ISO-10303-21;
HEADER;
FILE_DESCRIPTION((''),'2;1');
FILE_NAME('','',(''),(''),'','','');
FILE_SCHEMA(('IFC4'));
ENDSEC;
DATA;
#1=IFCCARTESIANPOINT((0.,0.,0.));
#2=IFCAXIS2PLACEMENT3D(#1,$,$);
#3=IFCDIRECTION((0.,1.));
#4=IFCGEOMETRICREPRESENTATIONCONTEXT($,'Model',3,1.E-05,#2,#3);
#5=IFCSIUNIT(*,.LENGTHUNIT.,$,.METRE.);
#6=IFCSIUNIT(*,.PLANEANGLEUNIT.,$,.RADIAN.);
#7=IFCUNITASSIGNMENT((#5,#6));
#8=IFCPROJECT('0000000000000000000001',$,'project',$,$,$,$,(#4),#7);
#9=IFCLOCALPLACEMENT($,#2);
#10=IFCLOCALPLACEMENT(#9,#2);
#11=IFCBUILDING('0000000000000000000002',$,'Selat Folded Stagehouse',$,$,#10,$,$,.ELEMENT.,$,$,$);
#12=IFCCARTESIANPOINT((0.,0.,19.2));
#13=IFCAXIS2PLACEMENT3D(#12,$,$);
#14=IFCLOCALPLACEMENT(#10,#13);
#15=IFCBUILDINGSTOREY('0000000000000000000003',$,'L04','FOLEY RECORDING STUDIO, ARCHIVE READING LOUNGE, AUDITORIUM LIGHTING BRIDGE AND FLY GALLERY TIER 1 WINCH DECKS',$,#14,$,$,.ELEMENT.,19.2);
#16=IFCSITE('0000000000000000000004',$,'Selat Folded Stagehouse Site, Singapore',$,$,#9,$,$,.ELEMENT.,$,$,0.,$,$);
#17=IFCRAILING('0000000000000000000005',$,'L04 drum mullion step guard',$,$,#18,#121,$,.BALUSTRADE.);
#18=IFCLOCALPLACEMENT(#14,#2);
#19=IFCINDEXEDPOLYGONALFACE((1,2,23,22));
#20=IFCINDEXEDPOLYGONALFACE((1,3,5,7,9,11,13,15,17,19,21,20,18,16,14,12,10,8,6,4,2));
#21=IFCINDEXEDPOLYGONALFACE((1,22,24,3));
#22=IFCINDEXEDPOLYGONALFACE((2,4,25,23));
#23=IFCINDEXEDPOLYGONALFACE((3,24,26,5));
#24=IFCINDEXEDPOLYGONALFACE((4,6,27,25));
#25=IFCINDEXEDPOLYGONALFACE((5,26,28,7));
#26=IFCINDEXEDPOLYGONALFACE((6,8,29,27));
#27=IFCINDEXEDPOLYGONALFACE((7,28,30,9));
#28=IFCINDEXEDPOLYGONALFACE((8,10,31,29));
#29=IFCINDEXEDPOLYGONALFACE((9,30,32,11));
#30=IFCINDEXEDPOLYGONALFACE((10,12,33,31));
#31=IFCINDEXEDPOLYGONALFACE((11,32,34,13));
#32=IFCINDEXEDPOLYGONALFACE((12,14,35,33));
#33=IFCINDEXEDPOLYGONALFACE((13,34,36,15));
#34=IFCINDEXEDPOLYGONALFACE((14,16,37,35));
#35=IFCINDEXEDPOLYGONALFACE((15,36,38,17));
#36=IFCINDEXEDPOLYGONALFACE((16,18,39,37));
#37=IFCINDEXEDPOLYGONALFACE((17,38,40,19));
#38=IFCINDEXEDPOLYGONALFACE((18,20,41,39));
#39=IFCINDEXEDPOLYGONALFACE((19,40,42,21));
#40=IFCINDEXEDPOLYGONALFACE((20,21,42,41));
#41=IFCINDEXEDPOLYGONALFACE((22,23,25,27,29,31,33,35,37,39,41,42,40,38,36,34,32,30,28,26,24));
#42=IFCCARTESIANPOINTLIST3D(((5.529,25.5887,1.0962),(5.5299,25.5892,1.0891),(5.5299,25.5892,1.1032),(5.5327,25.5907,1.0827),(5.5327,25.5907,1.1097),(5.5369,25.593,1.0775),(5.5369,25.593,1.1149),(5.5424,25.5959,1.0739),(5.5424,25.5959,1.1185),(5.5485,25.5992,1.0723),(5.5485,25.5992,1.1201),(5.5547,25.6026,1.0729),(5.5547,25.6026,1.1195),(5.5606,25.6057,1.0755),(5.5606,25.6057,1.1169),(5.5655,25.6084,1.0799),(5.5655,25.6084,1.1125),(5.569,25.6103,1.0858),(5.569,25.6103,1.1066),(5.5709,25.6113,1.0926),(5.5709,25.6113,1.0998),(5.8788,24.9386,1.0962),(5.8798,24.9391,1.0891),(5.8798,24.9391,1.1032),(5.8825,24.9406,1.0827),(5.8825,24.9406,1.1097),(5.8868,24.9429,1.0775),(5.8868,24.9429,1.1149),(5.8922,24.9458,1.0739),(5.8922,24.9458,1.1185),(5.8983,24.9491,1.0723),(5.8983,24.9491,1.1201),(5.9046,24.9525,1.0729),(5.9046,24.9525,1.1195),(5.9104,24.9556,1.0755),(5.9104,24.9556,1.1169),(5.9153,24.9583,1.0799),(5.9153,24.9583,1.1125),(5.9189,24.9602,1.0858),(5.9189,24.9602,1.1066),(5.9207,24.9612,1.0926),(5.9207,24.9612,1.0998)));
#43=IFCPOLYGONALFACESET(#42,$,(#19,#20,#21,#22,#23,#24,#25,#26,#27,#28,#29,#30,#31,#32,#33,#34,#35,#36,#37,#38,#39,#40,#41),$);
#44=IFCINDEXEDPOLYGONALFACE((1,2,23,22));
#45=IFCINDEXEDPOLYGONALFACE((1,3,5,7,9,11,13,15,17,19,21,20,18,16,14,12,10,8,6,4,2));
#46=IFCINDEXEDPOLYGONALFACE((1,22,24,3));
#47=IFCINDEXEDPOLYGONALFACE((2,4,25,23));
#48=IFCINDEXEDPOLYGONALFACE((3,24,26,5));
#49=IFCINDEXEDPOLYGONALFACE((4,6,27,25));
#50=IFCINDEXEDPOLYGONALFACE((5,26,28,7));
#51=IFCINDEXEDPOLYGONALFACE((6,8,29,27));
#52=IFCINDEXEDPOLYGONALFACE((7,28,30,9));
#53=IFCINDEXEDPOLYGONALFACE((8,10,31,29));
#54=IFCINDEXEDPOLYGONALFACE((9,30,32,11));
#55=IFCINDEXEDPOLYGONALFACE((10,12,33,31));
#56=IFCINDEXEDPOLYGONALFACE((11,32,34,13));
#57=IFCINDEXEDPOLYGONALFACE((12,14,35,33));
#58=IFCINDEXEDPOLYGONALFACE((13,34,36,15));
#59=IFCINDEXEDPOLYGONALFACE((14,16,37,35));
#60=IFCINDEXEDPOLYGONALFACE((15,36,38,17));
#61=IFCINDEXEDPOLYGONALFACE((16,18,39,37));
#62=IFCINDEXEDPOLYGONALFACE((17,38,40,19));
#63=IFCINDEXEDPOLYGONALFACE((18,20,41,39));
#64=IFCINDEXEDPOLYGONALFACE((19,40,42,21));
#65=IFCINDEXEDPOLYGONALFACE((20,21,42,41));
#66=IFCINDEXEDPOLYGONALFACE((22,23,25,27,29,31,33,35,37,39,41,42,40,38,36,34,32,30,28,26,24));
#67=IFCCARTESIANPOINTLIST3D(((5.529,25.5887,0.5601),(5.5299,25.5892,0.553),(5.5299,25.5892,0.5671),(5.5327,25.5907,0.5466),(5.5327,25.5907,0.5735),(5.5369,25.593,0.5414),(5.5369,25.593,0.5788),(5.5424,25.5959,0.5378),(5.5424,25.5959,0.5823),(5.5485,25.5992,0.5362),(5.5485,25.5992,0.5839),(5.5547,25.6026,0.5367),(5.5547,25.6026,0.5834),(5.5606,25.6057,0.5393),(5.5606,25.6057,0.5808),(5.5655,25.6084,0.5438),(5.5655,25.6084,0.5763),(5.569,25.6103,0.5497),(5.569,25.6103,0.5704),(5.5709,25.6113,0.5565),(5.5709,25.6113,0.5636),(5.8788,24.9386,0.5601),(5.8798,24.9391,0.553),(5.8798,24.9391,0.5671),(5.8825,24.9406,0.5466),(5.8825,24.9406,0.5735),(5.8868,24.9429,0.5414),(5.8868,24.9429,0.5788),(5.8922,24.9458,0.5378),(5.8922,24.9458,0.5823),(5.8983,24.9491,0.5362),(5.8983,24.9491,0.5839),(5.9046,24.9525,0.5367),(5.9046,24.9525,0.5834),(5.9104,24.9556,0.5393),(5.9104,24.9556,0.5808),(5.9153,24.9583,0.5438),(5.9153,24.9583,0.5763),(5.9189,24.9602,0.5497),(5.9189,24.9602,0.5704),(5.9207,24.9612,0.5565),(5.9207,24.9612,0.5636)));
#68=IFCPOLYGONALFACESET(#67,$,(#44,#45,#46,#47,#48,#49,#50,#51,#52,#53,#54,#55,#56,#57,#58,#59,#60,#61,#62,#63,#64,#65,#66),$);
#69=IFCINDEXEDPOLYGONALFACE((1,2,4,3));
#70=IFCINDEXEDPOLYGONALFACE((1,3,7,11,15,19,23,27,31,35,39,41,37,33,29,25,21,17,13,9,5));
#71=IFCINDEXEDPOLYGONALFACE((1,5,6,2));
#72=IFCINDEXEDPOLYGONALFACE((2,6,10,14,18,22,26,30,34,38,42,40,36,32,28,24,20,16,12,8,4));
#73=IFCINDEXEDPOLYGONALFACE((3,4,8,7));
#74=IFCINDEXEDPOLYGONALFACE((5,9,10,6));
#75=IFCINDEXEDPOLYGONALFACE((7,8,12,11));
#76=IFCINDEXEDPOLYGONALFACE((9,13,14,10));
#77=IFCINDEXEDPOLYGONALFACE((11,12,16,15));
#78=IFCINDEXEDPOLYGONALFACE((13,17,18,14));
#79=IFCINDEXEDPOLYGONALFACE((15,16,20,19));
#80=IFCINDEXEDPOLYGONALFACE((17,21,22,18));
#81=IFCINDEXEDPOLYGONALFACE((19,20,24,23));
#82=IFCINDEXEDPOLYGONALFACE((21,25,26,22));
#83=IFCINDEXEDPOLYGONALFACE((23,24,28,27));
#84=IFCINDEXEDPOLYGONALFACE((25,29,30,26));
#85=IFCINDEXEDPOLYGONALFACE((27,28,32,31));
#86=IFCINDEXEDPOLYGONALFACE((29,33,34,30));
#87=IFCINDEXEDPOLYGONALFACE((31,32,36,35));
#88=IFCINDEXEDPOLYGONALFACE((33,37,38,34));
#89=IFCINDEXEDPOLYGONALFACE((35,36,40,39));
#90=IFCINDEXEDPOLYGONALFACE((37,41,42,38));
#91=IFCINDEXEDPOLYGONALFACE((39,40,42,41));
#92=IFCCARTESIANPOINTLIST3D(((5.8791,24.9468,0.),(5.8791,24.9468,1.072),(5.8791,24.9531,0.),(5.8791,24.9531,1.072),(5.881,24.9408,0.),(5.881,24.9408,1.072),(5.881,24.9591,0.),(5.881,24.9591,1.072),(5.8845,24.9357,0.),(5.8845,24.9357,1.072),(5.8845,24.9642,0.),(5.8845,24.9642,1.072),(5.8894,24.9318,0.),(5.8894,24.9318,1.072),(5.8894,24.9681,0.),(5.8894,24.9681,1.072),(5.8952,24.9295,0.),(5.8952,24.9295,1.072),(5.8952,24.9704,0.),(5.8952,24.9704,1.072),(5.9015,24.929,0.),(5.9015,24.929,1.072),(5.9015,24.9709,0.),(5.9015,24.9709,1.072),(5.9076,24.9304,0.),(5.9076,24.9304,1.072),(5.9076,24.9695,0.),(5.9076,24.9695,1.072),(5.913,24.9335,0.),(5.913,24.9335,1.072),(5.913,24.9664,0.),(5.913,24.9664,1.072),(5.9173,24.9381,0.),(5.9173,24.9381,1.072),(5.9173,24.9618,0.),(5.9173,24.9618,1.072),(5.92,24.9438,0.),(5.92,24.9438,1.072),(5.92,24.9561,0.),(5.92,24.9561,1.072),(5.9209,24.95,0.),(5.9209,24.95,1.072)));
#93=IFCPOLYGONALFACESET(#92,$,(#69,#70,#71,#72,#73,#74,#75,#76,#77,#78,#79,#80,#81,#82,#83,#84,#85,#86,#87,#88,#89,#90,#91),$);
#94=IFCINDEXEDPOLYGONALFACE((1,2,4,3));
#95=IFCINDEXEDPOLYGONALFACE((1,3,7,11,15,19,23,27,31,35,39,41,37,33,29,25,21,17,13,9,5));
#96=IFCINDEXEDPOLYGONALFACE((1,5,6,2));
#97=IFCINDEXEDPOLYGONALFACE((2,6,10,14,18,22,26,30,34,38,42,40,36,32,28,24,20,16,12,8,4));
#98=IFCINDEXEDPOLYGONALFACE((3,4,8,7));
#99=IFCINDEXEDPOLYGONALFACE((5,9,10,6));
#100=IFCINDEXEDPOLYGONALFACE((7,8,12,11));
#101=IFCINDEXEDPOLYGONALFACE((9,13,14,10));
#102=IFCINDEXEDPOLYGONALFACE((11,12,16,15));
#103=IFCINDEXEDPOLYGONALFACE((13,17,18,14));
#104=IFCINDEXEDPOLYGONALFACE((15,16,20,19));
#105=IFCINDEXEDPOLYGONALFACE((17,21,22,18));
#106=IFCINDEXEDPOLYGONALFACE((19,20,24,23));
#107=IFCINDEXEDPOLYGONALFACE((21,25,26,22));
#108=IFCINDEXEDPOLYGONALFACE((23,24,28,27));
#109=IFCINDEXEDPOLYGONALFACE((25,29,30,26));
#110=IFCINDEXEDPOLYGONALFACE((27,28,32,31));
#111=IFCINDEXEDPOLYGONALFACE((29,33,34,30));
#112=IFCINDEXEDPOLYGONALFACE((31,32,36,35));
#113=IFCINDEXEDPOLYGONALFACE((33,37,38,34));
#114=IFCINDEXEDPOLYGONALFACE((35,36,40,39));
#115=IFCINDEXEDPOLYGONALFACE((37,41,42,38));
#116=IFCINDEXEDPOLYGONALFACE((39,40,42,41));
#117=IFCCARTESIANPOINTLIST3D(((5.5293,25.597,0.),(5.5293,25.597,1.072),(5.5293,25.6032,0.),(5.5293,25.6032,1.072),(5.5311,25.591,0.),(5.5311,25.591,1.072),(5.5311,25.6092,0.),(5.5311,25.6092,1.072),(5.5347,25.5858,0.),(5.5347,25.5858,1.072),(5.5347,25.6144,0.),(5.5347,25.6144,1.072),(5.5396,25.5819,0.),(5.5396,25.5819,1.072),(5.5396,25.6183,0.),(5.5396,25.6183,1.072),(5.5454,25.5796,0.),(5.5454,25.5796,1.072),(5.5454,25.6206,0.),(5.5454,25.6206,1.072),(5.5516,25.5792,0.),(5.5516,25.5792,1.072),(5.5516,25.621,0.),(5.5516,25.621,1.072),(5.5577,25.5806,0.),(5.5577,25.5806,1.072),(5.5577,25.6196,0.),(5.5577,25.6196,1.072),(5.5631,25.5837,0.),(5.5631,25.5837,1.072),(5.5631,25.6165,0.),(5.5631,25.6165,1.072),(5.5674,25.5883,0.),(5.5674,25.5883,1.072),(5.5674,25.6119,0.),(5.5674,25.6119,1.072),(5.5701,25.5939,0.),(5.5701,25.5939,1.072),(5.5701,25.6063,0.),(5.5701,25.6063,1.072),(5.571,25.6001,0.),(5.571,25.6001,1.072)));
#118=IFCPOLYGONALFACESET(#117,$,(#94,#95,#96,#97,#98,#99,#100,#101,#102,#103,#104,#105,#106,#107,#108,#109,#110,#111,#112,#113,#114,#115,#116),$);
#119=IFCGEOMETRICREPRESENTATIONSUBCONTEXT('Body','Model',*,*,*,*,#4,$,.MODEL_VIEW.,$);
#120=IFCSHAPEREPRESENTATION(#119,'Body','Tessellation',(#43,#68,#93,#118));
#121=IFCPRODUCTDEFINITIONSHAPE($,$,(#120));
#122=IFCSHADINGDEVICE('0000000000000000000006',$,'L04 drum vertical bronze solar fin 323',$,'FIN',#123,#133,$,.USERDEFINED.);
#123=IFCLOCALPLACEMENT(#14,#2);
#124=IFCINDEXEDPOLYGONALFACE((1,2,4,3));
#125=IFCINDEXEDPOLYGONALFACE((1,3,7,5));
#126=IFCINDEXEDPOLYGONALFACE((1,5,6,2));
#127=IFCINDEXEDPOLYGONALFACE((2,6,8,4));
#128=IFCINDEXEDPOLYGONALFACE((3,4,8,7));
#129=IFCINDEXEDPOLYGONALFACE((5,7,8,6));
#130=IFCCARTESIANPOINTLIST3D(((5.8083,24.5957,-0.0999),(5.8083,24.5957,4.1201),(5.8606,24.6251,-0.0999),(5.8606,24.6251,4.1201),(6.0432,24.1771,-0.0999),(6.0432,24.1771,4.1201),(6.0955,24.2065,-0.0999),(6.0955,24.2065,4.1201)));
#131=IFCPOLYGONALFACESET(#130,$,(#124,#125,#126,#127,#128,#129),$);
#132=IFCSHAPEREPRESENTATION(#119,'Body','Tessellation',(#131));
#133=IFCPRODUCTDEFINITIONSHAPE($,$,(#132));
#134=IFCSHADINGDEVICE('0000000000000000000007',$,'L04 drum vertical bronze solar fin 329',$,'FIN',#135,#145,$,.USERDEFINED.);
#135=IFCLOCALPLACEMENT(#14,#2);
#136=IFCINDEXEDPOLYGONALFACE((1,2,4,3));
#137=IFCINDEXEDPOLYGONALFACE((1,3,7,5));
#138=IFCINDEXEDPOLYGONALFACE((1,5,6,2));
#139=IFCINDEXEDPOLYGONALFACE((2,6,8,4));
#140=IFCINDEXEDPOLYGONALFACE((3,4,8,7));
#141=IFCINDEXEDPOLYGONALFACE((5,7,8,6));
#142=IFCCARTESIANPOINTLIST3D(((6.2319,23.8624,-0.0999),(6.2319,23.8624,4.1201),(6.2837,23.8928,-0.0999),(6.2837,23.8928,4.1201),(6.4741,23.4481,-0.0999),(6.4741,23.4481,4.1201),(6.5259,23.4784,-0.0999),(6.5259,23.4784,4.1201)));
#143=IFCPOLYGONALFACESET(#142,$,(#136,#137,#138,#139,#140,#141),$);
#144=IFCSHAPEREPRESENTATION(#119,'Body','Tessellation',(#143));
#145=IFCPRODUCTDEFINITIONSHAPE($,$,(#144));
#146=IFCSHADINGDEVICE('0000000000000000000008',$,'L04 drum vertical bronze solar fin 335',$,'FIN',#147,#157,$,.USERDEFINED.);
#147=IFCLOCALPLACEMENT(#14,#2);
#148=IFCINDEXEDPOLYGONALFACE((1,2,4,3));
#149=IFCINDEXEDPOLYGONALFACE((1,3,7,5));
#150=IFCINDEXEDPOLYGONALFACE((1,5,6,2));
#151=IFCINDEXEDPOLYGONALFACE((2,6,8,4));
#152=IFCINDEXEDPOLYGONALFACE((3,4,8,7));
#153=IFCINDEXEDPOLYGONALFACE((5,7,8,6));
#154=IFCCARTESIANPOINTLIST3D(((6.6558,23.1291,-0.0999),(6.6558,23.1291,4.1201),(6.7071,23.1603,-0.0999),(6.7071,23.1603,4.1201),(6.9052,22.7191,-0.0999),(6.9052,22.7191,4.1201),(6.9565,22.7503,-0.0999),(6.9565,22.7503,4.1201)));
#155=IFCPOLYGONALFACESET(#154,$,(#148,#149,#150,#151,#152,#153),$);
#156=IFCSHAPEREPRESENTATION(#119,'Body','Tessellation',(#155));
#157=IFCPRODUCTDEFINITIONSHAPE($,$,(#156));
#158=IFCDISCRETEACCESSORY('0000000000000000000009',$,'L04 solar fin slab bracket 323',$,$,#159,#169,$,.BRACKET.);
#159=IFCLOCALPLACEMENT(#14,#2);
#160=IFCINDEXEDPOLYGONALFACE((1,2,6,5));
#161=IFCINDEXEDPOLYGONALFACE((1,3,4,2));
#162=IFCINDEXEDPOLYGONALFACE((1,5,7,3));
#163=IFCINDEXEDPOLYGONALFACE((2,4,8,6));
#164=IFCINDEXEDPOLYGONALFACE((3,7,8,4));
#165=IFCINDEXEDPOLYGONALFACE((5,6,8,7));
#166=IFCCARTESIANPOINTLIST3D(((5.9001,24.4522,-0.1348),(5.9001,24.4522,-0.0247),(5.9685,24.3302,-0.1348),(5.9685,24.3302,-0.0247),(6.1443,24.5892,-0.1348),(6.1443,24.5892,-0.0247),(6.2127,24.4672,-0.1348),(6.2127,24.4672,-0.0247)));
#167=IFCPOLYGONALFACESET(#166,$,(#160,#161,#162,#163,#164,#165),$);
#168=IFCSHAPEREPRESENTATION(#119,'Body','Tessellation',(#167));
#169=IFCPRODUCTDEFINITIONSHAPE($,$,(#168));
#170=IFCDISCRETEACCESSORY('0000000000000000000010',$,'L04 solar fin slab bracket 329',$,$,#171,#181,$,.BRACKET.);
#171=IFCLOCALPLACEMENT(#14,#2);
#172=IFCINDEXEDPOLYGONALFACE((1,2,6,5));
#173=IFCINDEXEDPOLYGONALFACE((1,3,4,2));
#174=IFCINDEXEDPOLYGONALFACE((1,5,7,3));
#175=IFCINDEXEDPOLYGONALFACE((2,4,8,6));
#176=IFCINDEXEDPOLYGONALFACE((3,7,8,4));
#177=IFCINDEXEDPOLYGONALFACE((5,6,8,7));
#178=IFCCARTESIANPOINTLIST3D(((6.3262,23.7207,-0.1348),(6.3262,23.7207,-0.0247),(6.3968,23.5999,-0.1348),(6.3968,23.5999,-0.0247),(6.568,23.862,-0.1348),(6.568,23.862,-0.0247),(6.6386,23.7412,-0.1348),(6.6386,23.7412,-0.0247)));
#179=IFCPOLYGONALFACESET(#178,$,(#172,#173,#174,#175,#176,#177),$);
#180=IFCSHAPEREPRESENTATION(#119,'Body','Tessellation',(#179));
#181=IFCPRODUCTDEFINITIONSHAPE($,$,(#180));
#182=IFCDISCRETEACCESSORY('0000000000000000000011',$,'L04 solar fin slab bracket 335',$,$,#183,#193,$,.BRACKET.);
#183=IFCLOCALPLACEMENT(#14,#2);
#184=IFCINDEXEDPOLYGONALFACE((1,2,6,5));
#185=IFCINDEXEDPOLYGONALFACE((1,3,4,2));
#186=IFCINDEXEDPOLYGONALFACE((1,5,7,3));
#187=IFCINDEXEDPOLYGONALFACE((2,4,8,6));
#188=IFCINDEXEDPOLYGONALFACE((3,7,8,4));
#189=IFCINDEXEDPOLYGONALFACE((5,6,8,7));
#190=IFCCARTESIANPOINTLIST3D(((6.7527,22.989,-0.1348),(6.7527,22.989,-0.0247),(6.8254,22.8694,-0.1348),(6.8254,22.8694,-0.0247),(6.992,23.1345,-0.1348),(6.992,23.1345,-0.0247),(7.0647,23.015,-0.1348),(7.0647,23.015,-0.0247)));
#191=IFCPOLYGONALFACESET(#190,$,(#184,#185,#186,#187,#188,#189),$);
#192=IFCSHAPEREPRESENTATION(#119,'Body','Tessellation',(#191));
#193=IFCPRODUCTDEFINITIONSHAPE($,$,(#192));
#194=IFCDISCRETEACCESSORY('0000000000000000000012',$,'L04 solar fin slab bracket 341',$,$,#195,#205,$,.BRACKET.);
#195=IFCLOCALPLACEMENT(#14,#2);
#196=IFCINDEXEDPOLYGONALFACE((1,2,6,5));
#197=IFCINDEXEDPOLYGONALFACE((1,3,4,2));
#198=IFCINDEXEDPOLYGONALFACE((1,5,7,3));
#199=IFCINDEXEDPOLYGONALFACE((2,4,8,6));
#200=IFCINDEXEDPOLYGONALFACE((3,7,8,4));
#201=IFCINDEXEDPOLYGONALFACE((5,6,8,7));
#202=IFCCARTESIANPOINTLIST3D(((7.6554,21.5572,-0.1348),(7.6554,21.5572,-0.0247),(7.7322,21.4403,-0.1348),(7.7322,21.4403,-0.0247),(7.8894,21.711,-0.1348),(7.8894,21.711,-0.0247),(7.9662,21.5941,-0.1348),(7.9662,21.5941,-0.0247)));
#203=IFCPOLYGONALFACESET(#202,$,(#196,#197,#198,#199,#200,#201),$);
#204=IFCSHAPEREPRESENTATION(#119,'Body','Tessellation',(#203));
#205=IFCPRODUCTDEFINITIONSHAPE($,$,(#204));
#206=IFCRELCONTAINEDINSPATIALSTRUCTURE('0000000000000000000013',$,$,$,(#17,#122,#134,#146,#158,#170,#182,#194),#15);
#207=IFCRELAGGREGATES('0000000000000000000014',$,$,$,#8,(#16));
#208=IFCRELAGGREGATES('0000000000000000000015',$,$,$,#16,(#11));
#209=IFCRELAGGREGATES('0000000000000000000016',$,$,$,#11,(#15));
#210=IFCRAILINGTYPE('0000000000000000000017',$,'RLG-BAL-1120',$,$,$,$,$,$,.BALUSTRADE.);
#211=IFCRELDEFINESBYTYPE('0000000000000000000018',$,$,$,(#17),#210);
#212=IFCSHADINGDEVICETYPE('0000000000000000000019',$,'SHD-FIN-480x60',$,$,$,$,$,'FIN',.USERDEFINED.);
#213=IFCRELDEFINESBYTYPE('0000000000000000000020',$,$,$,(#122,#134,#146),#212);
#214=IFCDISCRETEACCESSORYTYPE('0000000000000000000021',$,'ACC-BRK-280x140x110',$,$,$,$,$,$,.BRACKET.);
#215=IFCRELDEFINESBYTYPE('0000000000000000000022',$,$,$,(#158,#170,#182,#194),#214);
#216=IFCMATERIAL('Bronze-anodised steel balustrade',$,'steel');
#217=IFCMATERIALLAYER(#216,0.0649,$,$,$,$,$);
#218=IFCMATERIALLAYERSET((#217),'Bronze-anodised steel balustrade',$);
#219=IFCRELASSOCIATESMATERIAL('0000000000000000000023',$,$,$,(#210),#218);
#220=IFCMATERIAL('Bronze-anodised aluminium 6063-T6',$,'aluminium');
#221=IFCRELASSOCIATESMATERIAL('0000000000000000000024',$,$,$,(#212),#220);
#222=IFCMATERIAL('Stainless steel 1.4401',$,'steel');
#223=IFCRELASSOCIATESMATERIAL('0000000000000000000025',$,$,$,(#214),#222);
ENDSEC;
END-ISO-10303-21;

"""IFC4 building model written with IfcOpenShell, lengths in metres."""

from ifc_helpers import new_model, si_unit, direction, frame, origin, origin_2d, place, context, subcontext, project, spatial, rectangle, circle, extrude, material, layer, layer_set, material_profile, profile_set, type_object, element, save


model = new_model("IFC4")

# Units and contexts
model_context = context("Model", 3, precision=1e-05, world=origin(), true_north=direction((0.0, 1.0)))
body_context = subcontext(model_context, "Body", "Model", "MODEL_VIEW")
ifc_project = project(units=[si_unit("LENGTHUNIT", "METRE"), si_unit("PLANEANGLEUNIT", "RADIAN")], contexts=[model_context])

# Site, building, storey
site_placement = place(None, origin())
site = spatial("IfcSite", under=ifc_project, at=site_placement, Name="Selat Folded Stagehouse Site, Singapore", CompositionType="ELEMENT", RefElevation=0.0)
building_placement = place(site_placement, origin())
building = spatial("IfcBuilding", under=site, at=building_placement, Name="Selat Folded Stagehouse", CompositionType="ELEMENT")
storey_placement = place(building_placement, frame((0.0, 0.0, 19.2)))
storey = spatial("IfcBuildingStorey", under=building, at=storey_placement, Name="L04", Description="FOLEY RECORDING STUDIO, ARCHIVE READING LOUNGE, AUDITORIUM LIGHTING BRIDGE AND FLY GALLERY TIER 1 WINCH DECKS", CompositionType="ELEMENT", Elevation=19.2)

# Railing
ifc_material_1 = material(Name="Bronze-anodised steel balustrade", Category="steel")
ifc_layer_1 = layer(ifc_material_1, 0.0649)
ifc_layer_set_1 = layer_set([ifc_layer_1], Name="Bronze-anodised steel balustrade")
railing_type = type_object("IfcRailingType", Name="RLG-BAL-1120", PredefinedType="BALUSTRADE", material=ifc_layer_set_1)
railing_placement = place(storey_placement, frame((5.8999, 24.95, 0.0)))
element("IfcRailing", 1, at=railing_placement, inside=storey, type_object=railing_type, Name="L04 drum mullion step guard", PredefinedType="BALUSTRADE", context=body_context, shape_type="SweptSolid", body=[
    extrude(circle(Radius=0.0239, at=origin_2d()), frame((0.0, 0.0, 1.0962), z_axis=(-0.473863, 0.880598, 0.0), x_axis=(-0.880598, -0.473863, 0.0)), (0.0, 0.0, 1.0), 0.7383),
    extrude(circle(Radius=0.0239, at=origin_2d()), frame((0.0, 0.0, 0.5601), z_axis=(-0.473863, 0.880598, 0.0), x_axis=(-0.880598, -0.473863, 0.0)), (0.0, 0.0, 1.0), 0.7383),
    extrude(circle(Radius=0.021, at=origin_2d()), origin(), (0.0, 0.0, 1.0), 1.072),
    extrude(circle(Radius=0.021, at=origin_2d()), frame((-0.3499, 0.6501, 0.0)), (0.0, 0.0, 1.0), 1.072),
])

# Shading devices
ifc_material_2 = material(Name="Bronze-anodised aluminium 6063-T6", Category="aluminium")
ifc_material_profile_1 = material_profile(ifc_material_2, rectangle(XDim=0.0601, YDim=0.48, at=origin_2d()), Name="SOLAR-FIN 480x60")
ifc_profile_set_1 = profile_set([ifc_material_profile_1], Name="Bronze-anodised aluminium 6063-T6")
shading_device_type = type_object("IfcShadingDeviceType", Name="SHD-FIN-480x60", ElementType="FIN", PredefinedType="USERDEFINED", material=ifc_profile_set_1)
for number, where, z_axis, x_axis, name in (
    (2, (5.9519, 24.4011, -0.0999), (0.0, 0.0, 1.0), (-0.872069, -0.489382, 0.0), "L04 drum vertical bronze solar fin 323"),
    (3, (6.3789, 23.6704, -0.0999), (0.0, 0.0, 1.0), (-0.863307, -0.504678, 0.0), "L04 drum vertical bronze solar fin 329"),
    (4, (6.8062, 22.9397, -0.0999), (0.0, 0.0, 1.0), (-0.854368, -0.519668, 0.0), "L04 drum vertical bronze solar fin 335"),
):
    element("IfcShadingDevice", number, at=place(storey_placement, frame(where, z_axis=z_axis, x_axis=x_axis)), inside=storey, type_object=shading_device_type, Name=name, ObjectType="FIN", PredefinedType="USERDEFINED", context=body_context, shape_type="SweptSolid", body=[
        extrude(rectangle(XDim=0.0601, YDim=0.48, at=origin_2d()), origin(), (0.0, 0.0, 1.0), 4.22),
    ])

# Discrete accessories
ifc_material_3 = material(Name="Stainless steel 1.4401", Category="steel")
discrete_accessory_type = type_object("IfcDiscreteAccessoryType", Name="ACC-BRK-280x140x110", PredefinedType="BRACKET", material=ifc_material_3)
for number, where, z_axis, x_axis, name in (
    (5, (6.0564, 24.4597, -0.1348), (0.0, 0.0, 1.0), (-0.872069, -0.489382, 0.0), "L04 solar fin slab bracket 323"),
    (6, (6.4824, 23.731, -0.1348), (0.0, 0.0, 1.0), (-0.863307, -0.504678, 0.0), "L04 solar fin slab bracket 329"),
    (7, (6.9087, 23.002, -0.1348), (0.0, 0.0, 1.0), (-0.854368, -0.519668, 0.0), "L04 solar fin slab bracket 335"),
    (8, (7.8108, 21.5757, -0.1348), (0.0, 0.0, 1.0), (-0.835616, -0.549315, 0.0), "L04 solar fin slab bracket 341"),
):
    element("IfcDiscreteAccessory", number, at=place(storey_placement, frame(where, z_axis=z_axis, x_axis=x_axis)), inside=storey, type_object=discrete_accessory_type, Name=name, PredefinedType="BRACKET", context=body_context, shape_type="SweptSolid", body=[
        extrude(rectangle(XDim=0.28, YDim=0.1399, at=origin_2d()), origin(), (0.0, 0.0, 1.0), 0.1101),
    ])

save(model, "model.ifc")
